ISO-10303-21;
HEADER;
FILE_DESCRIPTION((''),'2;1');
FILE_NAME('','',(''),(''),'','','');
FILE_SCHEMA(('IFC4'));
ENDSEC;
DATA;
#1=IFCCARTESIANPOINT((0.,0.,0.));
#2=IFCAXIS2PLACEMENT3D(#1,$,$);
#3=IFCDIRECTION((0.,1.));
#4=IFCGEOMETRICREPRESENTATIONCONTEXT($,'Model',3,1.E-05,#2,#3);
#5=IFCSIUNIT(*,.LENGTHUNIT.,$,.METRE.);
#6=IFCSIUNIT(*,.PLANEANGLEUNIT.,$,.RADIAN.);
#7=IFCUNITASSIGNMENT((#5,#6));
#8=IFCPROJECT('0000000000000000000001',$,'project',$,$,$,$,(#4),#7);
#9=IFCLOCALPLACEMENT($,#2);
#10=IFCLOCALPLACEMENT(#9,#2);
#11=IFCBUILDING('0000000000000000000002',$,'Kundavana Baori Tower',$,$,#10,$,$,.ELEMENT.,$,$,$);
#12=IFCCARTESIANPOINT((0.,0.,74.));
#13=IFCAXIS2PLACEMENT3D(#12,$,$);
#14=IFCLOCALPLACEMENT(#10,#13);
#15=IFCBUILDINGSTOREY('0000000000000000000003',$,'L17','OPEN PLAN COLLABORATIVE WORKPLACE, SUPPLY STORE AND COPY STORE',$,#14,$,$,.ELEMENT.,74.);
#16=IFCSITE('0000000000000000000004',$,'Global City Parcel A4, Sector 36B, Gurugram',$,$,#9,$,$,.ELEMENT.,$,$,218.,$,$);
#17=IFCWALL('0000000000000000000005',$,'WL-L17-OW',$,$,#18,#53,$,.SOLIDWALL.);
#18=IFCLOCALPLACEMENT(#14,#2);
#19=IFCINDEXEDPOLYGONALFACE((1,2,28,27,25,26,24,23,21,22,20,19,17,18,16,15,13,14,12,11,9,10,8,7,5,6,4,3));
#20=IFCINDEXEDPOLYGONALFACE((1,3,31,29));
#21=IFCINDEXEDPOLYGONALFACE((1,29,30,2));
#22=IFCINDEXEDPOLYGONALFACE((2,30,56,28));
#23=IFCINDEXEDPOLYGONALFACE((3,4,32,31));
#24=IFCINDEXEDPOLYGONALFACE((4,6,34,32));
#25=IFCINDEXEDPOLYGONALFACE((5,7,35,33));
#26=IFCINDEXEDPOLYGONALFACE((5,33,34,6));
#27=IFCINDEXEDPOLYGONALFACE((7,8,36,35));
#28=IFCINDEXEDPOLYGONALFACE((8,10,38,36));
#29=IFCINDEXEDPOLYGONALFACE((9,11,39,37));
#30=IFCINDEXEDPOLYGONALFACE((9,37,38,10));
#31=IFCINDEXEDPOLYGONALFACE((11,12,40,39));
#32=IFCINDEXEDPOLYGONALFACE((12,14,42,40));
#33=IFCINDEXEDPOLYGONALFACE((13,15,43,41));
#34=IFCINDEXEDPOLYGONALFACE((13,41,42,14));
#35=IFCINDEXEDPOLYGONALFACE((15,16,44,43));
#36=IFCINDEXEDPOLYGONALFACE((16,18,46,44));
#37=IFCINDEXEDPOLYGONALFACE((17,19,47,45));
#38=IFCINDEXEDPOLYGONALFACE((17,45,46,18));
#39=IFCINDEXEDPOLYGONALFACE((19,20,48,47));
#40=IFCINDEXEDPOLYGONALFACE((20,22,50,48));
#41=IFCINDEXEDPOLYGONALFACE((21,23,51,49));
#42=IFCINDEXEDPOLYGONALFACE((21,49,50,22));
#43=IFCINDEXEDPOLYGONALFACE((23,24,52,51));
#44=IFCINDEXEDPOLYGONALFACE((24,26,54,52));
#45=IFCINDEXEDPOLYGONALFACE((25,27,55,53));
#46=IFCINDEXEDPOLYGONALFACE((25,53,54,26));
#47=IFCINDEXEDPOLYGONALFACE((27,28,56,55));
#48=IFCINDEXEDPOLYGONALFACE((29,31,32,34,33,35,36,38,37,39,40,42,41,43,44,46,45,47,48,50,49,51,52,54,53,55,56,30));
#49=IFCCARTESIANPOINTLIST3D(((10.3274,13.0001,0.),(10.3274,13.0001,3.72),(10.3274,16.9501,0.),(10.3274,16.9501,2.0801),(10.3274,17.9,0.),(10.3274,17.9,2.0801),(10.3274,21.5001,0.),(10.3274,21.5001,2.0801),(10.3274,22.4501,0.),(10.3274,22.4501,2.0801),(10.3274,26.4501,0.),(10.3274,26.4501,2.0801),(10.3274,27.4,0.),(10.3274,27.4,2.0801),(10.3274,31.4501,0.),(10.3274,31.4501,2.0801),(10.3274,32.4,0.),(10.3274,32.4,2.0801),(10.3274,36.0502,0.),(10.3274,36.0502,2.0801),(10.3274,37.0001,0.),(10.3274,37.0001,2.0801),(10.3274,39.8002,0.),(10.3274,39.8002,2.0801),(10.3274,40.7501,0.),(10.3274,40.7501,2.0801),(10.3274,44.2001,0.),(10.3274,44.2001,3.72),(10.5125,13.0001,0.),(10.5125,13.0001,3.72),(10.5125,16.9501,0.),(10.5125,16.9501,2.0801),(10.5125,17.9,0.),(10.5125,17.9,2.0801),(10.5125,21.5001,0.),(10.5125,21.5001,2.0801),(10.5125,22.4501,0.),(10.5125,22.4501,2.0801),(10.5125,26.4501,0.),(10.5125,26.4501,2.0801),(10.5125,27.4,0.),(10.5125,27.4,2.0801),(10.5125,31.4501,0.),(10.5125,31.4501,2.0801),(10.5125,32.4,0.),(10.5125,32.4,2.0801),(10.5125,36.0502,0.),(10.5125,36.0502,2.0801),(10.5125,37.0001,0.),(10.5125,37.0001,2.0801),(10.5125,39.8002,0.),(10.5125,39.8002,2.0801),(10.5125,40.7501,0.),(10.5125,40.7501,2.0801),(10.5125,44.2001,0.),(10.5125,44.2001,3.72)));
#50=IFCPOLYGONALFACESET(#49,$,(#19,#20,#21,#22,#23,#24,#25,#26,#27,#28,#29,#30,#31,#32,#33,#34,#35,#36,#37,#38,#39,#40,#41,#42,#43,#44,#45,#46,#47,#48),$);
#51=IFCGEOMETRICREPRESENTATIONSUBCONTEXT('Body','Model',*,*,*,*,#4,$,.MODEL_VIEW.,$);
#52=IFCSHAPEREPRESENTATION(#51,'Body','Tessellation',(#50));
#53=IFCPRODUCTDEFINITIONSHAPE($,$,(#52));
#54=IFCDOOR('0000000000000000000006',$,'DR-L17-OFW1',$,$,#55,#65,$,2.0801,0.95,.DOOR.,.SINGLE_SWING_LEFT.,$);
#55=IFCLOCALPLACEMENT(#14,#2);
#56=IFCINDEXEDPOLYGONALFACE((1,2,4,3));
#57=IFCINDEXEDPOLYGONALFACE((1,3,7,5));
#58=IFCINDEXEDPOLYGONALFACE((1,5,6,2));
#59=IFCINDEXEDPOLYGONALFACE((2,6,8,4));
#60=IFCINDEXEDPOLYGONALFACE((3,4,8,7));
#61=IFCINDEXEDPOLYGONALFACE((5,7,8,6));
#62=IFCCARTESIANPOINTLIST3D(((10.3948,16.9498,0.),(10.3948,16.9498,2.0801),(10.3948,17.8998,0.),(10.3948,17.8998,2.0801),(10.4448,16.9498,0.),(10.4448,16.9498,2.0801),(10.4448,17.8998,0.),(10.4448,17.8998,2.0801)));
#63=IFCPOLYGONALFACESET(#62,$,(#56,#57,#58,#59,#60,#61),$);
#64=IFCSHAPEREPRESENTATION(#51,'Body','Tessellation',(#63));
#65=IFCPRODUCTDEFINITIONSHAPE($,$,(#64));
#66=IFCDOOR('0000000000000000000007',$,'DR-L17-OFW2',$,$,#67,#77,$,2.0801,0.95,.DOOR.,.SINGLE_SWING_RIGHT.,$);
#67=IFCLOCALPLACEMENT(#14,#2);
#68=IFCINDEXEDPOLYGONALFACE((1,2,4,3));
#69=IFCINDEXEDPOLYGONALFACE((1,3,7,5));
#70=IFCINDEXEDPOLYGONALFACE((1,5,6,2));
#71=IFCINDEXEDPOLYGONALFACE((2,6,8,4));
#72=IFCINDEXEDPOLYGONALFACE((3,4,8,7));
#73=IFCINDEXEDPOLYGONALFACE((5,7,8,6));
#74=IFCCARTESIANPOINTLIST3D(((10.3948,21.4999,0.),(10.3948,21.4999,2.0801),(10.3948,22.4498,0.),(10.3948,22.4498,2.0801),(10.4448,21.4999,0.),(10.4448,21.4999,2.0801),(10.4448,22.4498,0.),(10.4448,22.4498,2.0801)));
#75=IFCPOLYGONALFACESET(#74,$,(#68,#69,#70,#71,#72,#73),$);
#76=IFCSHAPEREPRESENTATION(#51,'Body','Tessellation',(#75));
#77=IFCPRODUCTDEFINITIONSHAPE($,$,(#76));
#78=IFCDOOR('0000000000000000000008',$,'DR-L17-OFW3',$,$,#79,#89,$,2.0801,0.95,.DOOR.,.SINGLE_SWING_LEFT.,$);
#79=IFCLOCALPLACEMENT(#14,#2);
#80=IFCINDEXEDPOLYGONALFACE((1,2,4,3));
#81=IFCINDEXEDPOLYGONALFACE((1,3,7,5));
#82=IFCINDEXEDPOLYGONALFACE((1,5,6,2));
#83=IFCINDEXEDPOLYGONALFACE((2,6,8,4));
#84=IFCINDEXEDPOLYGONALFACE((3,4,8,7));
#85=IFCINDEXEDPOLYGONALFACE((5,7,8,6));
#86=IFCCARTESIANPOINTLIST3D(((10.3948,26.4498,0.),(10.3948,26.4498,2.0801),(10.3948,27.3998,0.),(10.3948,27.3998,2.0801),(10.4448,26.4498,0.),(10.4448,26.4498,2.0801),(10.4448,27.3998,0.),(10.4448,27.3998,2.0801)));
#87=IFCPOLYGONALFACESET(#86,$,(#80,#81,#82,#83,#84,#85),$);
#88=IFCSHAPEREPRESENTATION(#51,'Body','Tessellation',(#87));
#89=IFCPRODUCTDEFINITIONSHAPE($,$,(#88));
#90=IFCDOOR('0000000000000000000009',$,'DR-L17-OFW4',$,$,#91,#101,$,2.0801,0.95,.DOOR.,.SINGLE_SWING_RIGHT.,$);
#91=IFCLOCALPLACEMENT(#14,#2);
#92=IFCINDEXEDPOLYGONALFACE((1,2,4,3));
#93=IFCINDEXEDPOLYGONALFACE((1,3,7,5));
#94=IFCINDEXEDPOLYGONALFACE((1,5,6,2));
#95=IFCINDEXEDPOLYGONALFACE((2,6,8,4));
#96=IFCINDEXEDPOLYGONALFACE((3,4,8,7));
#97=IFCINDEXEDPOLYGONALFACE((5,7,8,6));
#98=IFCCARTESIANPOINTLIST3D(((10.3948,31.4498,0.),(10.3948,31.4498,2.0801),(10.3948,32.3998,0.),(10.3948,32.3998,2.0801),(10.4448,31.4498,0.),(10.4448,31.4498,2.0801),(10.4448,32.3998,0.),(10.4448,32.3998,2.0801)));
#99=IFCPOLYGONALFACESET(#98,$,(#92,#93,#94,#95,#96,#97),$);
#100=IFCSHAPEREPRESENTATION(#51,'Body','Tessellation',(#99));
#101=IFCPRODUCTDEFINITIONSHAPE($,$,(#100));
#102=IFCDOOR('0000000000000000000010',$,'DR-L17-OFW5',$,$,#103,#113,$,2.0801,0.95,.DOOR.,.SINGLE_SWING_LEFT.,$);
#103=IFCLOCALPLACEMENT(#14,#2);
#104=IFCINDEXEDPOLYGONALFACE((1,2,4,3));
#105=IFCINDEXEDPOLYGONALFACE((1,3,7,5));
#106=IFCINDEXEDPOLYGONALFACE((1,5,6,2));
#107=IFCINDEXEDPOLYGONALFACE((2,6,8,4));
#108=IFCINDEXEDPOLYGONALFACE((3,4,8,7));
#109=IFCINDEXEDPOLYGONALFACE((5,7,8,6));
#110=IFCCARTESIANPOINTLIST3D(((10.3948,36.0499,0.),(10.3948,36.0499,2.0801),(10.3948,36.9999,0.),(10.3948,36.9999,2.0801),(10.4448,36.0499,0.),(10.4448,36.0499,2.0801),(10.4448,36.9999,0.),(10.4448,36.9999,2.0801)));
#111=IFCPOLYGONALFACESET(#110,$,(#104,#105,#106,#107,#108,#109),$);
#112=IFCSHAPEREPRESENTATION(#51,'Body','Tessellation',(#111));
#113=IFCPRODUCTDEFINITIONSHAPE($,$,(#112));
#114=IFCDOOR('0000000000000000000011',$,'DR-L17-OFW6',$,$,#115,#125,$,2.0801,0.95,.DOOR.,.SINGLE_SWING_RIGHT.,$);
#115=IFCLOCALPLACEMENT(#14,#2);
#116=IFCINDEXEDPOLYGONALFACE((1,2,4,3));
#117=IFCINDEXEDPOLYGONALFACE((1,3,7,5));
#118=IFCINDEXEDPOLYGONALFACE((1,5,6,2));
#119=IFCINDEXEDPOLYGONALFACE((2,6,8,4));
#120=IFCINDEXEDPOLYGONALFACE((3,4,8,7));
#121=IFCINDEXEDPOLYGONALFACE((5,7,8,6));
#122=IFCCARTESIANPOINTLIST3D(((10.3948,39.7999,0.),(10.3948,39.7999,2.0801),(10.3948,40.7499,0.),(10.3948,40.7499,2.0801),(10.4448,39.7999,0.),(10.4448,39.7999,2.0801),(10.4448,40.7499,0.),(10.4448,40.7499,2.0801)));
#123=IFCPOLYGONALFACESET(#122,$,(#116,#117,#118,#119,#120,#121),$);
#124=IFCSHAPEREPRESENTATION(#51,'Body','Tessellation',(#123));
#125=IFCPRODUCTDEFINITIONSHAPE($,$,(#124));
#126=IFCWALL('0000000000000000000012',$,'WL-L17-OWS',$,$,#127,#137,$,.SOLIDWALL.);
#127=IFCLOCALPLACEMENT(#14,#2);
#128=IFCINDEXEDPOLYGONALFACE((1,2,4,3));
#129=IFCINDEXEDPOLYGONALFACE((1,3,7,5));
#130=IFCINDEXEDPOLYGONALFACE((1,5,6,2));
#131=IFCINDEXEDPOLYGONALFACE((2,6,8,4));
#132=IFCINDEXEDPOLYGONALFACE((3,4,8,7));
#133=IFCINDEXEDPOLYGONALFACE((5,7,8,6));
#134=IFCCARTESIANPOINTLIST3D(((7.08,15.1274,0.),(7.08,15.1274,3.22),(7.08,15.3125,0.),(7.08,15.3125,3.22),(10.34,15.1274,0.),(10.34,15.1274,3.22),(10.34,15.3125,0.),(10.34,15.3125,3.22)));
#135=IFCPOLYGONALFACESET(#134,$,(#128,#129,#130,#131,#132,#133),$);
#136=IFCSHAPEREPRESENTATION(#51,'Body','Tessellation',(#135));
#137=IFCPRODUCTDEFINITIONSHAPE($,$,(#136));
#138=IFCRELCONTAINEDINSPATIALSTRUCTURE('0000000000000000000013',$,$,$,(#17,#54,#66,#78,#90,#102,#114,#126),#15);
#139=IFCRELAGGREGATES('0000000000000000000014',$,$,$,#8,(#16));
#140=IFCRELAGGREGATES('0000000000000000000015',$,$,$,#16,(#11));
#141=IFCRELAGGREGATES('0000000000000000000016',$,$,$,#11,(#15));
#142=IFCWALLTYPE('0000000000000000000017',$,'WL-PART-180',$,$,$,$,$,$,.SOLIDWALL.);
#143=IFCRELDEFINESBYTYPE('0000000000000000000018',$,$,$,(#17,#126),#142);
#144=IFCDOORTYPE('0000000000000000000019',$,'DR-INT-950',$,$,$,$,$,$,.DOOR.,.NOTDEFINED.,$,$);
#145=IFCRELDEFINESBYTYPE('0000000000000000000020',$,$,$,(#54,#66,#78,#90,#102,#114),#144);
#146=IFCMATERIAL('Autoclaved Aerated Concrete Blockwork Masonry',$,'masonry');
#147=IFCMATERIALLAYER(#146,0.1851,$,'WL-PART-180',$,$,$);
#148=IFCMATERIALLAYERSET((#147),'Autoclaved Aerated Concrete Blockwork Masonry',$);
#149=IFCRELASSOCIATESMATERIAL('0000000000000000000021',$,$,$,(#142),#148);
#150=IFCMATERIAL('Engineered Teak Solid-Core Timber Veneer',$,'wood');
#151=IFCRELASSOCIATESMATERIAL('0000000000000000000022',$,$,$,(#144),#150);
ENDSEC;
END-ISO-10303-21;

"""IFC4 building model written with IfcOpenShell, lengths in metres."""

from ifc_helpers import new_model, si_unit, direction, frame, frame_2d, origin, place, context, subcontext, project, spatial, rectangle, extrude, material, layer, layer_set, type_object, element, fill, save


model = new_model("IFC4")

# Units and contexts
model_context = context("Model", 3, precision=1e-05, world=origin(), true_north=direction((0.0, 1.0)))
body_context = subcontext(model_context, "Body", "Model", "MODEL_VIEW")
ifc_project = project(units=[si_unit("LENGTHUNIT", "METRE"), si_unit("PLANEANGLEUNIT", "RADIAN")], contexts=[model_context])

# Site, building, storey
site_placement = place(None, origin())
site = spatial("IfcSite", under=ifc_project, at=site_placement, Name="Global City Parcel A4, Sector 36B, Gurugram", CompositionType="ELEMENT", RefElevation=218.0)
building_placement = place(site_placement, origin())
building = spatial("IfcBuilding", under=site, at=building_placement, Name="Kundavana Baori Tower", CompositionType="ELEMENT")
storey_placement = place(building_placement, frame((0.0, 0.0, 74.0)))
storey = spatial("IfcBuildingStorey", under=building, at=storey_placement, Name="L17", Description="OPEN PLAN COLLABORATIVE WORKPLACE, SUPPLY STORE AND COPY STORE", CompositionType="ELEMENT", Elevation=74.0)

# Wall, openings, doors
ifc_material_1 = material(Name="Autoclaved Aerated Concrete Blockwork Masonry", Category="masonry")
ifc_layer_1 = layer(ifc_material_1, 0.1851, Name="WL-PART-180")
ifc_layer_set_1 = layer_set([ifc_layer_1], Name="Autoclaved Aerated Concrete Blockwork Masonry")
wall_type_1 = type_object("IfcWallType", Name="WL-PART-180", PredefinedType="SOLIDWALL", material=ifc_layer_set_1)
wall_1_placement = place(storey_placement, frame((10.4199, 13.0, 0.0), z_axis=(0.0, 0.0, 1.0), x_axis=(0.0, 1.0, 0.0)))
wall_1 = element("IfcWall", 1, at=wall_1_placement, inside=storey, type_object=wall_type_1, Name="WL-L17-OW", PredefinedType="SOLIDWALL", context=body_context, shape_type="SweptSolid", body=[
    extrude(rectangle(XDim=31.2, YDim=0.1851, at=frame_2d((15.6001, 0.0))), origin(), (0.0, 0.0, 1.0), 3.72),
])
opening_1_placement = place(wall_1_placement, frame((3.95, 0.0, 0.0)))
opening_1 = element("IfcOpeningElement", 2, at=opening_1_placement, cuts=wall_1, PredefinedType="OPENING", context=body_context, shape_type="SweptSolid", body=[
    extrude(rectangle(XDim=0.95, YDim=2.0801, at=frame_2d((0.4751, 1.04))), frame((0.0, 0.1025, 0.0), z_axis=(0.0, -1.0, 0.0), x_axis=(1.0, 0.0, 0.0)), (0.0, 0.0, 1.0), 0.2051),
])
opening_2_placement = place(wall_1_placement, frame((8.5, 0.0, 0.0)))
opening_2 = element("IfcOpeningElement", 3, at=opening_2_placement, cuts=wall_1, PredefinedType="OPENING", context=body_context, shape_type="SweptSolid", body=[
    extrude(rectangle(XDim=0.95, YDim=2.0801, at=frame_2d((0.4751, 1.04))), frame((0.0, 0.1025, 0.0), z_axis=(0.0, -1.0, 0.0), x_axis=(1.0, 0.0, 0.0)), (0.0, 0.0, 1.0), 0.2051),
])
opening_3_placement = place(wall_1_placement, frame((13.45, 0.0, 0.0)))
opening_3 = element("IfcOpeningElement", 4, at=opening_3_placement, cuts=wall_1, PredefinedType="OPENING", context=body_context, shape_type="SweptSolid", body=[
    extrude(rectangle(XDim=0.95, YDim=2.0801, at=frame_2d((0.4751, 1.04))), frame((0.0, 0.1025, 0.0), z_axis=(0.0, -1.0, 0.0), x_axis=(1.0, 0.0, 0.0)), (0.0, 0.0, 1.0), 0.2051),
])
opening_4_placement = place(wall_1_placement, frame((18.45, 0.0, 0.0)))
opening_4 = element("IfcOpeningElement", 5, at=opening_4_placement, cuts=wall_1, PredefinedType="OPENING", context=body_context, shape_type="SweptSolid", body=[
    extrude(rectangle(XDim=0.95, YDim=2.0801, at=frame_2d((0.4751, 1.04))), frame((0.0, 0.1025, 0.0), z_axis=(0.0, -1.0, 0.0), x_axis=(1.0, 0.0, 0.0)), (0.0, 0.0, 1.0), 0.2051),
])
opening_5_placement = place(wall_1_placement, frame((23.05, 0.0, 0.0)))
opening_5 = element("IfcOpeningElement", 6, at=opening_5_placement, cuts=wall_1, PredefinedType="OPENING", context=body_context, shape_type="SweptSolid", body=[
    extrude(rectangle(XDim=0.95, YDim=2.0801, at=frame_2d((0.4751, 1.04))), frame((0.0, 0.1025, 0.0), z_axis=(0.0, -1.0, 0.0), x_axis=(1.0, 0.0, 0.0)), (0.0, 0.0, 1.0), 0.2051),
])
opening_6_placement = place(wall_1_placement, frame((26.8, 0.0, 0.0)))
opening_6 = element("IfcOpeningElement", 7, at=opening_6_placement, cuts=wall_1, PredefinedType="OPENING", context=body_context, shape_type="SweptSolid", body=[
    extrude(rectangle(XDim=0.95, YDim=2.0801, at=frame_2d((0.4751, 1.04))), frame((0.0, 0.1025, 0.0), z_axis=(0.0, -1.0, 0.0), x_axis=(1.0, 0.0, 0.0)), (0.0, 0.0, 1.0), 0.2051),
])
ifc_material_2 = material(Name="Engineered Teak Solid-Core Timber Veneer", Category="wood")
door_type_1 = type_object("IfcDoorType", Name="DR-INT-950", OperationType="NOTDEFINED", PredefinedType="DOOR", material=ifc_material_2)
door_1_placement = place(opening_1_placement, frame((0.95, 0.0, 0.0), z_axis=(0.0, 0.0, 1.0), x_axis=(-1.0, 0.0, 0.0)))
door_1 = element("IfcDoor", 8, at=door_1_placement, inside=storey, type_object=door_type_1, Name="DR-L17-OFW1", OperationType="SINGLE_SWING_LEFT", OverallHeight=2.0801, OverallWidth=0.95, PredefinedType="DOOR", context=body_context, shape_type="SweptSolid", body=[
    extrude(rectangle(XDim=0.95, YDim=2.0801, at=frame_2d((0.4751, 1.04))), frame((0.0, 0.0249, 0.0), z_axis=(0.0, -1.0, 0.0), x_axis=(1.0, 0.0, 0.0)), (0.0, 0.0, 1.0), 0.05),
])
fill(opening_1, door_1)
door_2_placement = place(opening_2_placement, frame((0.95, 0.0, 0.0), z_axis=(0.0, 0.0, 1.0), x_axis=(-1.0, 0.0, 0.0)))
door_2 = element("IfcDoor", 9, at=door_2_placement, inside=storey, type_object=door_type_1, Name="DR-L17-OFW2", OperationType="SINGLE_SWING_RIGHT", OverallHeight=2.0801, OverallWidth=0.95, PredefinedType="DOOR", context=body_context, shape_type="SweptSolid", body=[
    extrude(rectangle(XDim=0.95, YDim=2.0801, at=frame_2d((0.4751, 1.04))), frame((0.0, 0.0249, 0.0), z_axis=(0.0, -1.0, 0.0), x_axis=(1.0, 0.0, 0.0)), (0.0, 0.0, 1.0), 0.05),
])
fill(opening_2, door_2)
door_3_placement = place(opening_3_placement, frame((0.95, 0.0, 0.0), z_axis=(0.0, 0.0, 1.0), x_axis=(-1.0, 0.0, 0.0)))
door_3 = element("IfcDoor", 10, at=door_3_placement, inside=storey, type_object=door_type_1, Name="DR-L17-OFW3", OperationType="SINGLE_SWING_LEFT", OverallHeight=2.0801, OverallWidth=0.95, PredefinedType="DOOR", context=body_context, shape_type="SweptSolid", body=[
    extrude(rectangle(XDim=0.95, YDim=2.0801, at=frame_2d((0.4751, 1.04))), frame((0.0, 0.0249, 0.0), z_axis=(0.0, -1.0, 0.0), x_axis=(1.0, 0.0, 0.0)), (0.0, 0.0, 1.0), 0.05),
])
fill(opening_3, door_3)
door_4_placement = place(opening_4_placement, frame((0.95, 0.0, 0.0), z_axis=(0.0, 0.0, 1.0), x_axis=(-1.0, 0.0, 0.0)))
door_4 = element("IfcDoor", 11, at=door_4_placement, inside=storey, type_object=door_type_1, Name="DR-L17-OFW4", OperationType="SINGLE_SWING_RIGHT", OverallHeight=2.0801, OverallWidth=0.95, PredefinedType="DOOR", context=body_context, shape_type="SweptSolid", body=[
    extrude(rectangle(XDim=0.95, YDim=2.0801, at=frame_2d((0.4751, 1.04))), frame((0.0, 0.0249, 0.0), z_axis=(0.0, -1.0, 0.0), x_axis=(1.0, 0.0, 0.0)), (0.0, 0.0, 1.0), 0.05),
])
fill(opening_4, door_4)
door_5_placement = place(opening_5_placement, frame((0.95, 0.0, 0.0), z_axis=(0.0, 0.0, 1.0), x_axis=(-1.0, 0.0, 0.0)))
door_5 = element("IfcDoor", 12, at=door_5_placement, inside=storey, type_object=door_type_1, Name="DR-L17-OFW5", OperationType="SINGLE_SWING_LEFT", OverallHeight=2.0801, OverallWidth=0.95, PredefinedType="DOOR", context=body_context, shape_type="SweptSolid", body=[
    extrude(rectangle(XDim=0.95, YDim=2.0801, at=frame_2d((0.4751, 1.04))), frame((0.0, 0.0249, 0.0), z_axis=(0.0, -1.0, 0.0), x_axis=(1.0, 0.0, 0.0)), (0.0, 0.0, 1.0), 0.05),
])
fill(opening_5, door_5)
door_6_placement = place(opening_6_placement, frame((0.95, 0.0, 0.0), z_axis=(0.0, 0.0, 1.0), x_axis=(-1.0, 0.0, 0.0)))
door_6 = element("IfcDoor", 13, at=door_6_placement, inside=storey, type_object=door_type_1, Name="DR-L17-OFW6", OperationType="SINGLE_SWING_RIGHT", OverallHeight=2.0801, OverallWidth=0.95, PredefinedType="DOOR", context=body_context, shape_type="SweptSolid", body=[
    extrude(rectangle(XDim=0.95, YDim=2.0801, at=frame_2d((0.4751, 1.04))), frame((0.0, 0.0249, 0.0), z_axis=(0.0, -1.0, 0.0), x_axis=(1.0, 0.0, 0.0)), (0.0, 0.0, 1.0), 0.05),
])
fill(opening_6, door_6)

# Wall
wall_2_placement = place(storey_placement, frame((7.0801, 15.22, 0.0), z_axis=(0.0, 0.0, 1.0), x_axis=(1.0, 0.0, 0.0)))
element("IfcWall", 14, at=wall_2_placement, inside=storey, type_object=wall_type_1, Name="WL-L17-OWS", PredefinedType="SOLIDWALL", context=body_context, shape_type="SweptSolid", body=[
    extrude(rectangle(XDim=3.26, YDim=0.1851, at=frame_2d((1.6299, 0.0))), origin(), (0.0, 0.0, 1.0), 3.22),
])

save(model, "model.ifc")
